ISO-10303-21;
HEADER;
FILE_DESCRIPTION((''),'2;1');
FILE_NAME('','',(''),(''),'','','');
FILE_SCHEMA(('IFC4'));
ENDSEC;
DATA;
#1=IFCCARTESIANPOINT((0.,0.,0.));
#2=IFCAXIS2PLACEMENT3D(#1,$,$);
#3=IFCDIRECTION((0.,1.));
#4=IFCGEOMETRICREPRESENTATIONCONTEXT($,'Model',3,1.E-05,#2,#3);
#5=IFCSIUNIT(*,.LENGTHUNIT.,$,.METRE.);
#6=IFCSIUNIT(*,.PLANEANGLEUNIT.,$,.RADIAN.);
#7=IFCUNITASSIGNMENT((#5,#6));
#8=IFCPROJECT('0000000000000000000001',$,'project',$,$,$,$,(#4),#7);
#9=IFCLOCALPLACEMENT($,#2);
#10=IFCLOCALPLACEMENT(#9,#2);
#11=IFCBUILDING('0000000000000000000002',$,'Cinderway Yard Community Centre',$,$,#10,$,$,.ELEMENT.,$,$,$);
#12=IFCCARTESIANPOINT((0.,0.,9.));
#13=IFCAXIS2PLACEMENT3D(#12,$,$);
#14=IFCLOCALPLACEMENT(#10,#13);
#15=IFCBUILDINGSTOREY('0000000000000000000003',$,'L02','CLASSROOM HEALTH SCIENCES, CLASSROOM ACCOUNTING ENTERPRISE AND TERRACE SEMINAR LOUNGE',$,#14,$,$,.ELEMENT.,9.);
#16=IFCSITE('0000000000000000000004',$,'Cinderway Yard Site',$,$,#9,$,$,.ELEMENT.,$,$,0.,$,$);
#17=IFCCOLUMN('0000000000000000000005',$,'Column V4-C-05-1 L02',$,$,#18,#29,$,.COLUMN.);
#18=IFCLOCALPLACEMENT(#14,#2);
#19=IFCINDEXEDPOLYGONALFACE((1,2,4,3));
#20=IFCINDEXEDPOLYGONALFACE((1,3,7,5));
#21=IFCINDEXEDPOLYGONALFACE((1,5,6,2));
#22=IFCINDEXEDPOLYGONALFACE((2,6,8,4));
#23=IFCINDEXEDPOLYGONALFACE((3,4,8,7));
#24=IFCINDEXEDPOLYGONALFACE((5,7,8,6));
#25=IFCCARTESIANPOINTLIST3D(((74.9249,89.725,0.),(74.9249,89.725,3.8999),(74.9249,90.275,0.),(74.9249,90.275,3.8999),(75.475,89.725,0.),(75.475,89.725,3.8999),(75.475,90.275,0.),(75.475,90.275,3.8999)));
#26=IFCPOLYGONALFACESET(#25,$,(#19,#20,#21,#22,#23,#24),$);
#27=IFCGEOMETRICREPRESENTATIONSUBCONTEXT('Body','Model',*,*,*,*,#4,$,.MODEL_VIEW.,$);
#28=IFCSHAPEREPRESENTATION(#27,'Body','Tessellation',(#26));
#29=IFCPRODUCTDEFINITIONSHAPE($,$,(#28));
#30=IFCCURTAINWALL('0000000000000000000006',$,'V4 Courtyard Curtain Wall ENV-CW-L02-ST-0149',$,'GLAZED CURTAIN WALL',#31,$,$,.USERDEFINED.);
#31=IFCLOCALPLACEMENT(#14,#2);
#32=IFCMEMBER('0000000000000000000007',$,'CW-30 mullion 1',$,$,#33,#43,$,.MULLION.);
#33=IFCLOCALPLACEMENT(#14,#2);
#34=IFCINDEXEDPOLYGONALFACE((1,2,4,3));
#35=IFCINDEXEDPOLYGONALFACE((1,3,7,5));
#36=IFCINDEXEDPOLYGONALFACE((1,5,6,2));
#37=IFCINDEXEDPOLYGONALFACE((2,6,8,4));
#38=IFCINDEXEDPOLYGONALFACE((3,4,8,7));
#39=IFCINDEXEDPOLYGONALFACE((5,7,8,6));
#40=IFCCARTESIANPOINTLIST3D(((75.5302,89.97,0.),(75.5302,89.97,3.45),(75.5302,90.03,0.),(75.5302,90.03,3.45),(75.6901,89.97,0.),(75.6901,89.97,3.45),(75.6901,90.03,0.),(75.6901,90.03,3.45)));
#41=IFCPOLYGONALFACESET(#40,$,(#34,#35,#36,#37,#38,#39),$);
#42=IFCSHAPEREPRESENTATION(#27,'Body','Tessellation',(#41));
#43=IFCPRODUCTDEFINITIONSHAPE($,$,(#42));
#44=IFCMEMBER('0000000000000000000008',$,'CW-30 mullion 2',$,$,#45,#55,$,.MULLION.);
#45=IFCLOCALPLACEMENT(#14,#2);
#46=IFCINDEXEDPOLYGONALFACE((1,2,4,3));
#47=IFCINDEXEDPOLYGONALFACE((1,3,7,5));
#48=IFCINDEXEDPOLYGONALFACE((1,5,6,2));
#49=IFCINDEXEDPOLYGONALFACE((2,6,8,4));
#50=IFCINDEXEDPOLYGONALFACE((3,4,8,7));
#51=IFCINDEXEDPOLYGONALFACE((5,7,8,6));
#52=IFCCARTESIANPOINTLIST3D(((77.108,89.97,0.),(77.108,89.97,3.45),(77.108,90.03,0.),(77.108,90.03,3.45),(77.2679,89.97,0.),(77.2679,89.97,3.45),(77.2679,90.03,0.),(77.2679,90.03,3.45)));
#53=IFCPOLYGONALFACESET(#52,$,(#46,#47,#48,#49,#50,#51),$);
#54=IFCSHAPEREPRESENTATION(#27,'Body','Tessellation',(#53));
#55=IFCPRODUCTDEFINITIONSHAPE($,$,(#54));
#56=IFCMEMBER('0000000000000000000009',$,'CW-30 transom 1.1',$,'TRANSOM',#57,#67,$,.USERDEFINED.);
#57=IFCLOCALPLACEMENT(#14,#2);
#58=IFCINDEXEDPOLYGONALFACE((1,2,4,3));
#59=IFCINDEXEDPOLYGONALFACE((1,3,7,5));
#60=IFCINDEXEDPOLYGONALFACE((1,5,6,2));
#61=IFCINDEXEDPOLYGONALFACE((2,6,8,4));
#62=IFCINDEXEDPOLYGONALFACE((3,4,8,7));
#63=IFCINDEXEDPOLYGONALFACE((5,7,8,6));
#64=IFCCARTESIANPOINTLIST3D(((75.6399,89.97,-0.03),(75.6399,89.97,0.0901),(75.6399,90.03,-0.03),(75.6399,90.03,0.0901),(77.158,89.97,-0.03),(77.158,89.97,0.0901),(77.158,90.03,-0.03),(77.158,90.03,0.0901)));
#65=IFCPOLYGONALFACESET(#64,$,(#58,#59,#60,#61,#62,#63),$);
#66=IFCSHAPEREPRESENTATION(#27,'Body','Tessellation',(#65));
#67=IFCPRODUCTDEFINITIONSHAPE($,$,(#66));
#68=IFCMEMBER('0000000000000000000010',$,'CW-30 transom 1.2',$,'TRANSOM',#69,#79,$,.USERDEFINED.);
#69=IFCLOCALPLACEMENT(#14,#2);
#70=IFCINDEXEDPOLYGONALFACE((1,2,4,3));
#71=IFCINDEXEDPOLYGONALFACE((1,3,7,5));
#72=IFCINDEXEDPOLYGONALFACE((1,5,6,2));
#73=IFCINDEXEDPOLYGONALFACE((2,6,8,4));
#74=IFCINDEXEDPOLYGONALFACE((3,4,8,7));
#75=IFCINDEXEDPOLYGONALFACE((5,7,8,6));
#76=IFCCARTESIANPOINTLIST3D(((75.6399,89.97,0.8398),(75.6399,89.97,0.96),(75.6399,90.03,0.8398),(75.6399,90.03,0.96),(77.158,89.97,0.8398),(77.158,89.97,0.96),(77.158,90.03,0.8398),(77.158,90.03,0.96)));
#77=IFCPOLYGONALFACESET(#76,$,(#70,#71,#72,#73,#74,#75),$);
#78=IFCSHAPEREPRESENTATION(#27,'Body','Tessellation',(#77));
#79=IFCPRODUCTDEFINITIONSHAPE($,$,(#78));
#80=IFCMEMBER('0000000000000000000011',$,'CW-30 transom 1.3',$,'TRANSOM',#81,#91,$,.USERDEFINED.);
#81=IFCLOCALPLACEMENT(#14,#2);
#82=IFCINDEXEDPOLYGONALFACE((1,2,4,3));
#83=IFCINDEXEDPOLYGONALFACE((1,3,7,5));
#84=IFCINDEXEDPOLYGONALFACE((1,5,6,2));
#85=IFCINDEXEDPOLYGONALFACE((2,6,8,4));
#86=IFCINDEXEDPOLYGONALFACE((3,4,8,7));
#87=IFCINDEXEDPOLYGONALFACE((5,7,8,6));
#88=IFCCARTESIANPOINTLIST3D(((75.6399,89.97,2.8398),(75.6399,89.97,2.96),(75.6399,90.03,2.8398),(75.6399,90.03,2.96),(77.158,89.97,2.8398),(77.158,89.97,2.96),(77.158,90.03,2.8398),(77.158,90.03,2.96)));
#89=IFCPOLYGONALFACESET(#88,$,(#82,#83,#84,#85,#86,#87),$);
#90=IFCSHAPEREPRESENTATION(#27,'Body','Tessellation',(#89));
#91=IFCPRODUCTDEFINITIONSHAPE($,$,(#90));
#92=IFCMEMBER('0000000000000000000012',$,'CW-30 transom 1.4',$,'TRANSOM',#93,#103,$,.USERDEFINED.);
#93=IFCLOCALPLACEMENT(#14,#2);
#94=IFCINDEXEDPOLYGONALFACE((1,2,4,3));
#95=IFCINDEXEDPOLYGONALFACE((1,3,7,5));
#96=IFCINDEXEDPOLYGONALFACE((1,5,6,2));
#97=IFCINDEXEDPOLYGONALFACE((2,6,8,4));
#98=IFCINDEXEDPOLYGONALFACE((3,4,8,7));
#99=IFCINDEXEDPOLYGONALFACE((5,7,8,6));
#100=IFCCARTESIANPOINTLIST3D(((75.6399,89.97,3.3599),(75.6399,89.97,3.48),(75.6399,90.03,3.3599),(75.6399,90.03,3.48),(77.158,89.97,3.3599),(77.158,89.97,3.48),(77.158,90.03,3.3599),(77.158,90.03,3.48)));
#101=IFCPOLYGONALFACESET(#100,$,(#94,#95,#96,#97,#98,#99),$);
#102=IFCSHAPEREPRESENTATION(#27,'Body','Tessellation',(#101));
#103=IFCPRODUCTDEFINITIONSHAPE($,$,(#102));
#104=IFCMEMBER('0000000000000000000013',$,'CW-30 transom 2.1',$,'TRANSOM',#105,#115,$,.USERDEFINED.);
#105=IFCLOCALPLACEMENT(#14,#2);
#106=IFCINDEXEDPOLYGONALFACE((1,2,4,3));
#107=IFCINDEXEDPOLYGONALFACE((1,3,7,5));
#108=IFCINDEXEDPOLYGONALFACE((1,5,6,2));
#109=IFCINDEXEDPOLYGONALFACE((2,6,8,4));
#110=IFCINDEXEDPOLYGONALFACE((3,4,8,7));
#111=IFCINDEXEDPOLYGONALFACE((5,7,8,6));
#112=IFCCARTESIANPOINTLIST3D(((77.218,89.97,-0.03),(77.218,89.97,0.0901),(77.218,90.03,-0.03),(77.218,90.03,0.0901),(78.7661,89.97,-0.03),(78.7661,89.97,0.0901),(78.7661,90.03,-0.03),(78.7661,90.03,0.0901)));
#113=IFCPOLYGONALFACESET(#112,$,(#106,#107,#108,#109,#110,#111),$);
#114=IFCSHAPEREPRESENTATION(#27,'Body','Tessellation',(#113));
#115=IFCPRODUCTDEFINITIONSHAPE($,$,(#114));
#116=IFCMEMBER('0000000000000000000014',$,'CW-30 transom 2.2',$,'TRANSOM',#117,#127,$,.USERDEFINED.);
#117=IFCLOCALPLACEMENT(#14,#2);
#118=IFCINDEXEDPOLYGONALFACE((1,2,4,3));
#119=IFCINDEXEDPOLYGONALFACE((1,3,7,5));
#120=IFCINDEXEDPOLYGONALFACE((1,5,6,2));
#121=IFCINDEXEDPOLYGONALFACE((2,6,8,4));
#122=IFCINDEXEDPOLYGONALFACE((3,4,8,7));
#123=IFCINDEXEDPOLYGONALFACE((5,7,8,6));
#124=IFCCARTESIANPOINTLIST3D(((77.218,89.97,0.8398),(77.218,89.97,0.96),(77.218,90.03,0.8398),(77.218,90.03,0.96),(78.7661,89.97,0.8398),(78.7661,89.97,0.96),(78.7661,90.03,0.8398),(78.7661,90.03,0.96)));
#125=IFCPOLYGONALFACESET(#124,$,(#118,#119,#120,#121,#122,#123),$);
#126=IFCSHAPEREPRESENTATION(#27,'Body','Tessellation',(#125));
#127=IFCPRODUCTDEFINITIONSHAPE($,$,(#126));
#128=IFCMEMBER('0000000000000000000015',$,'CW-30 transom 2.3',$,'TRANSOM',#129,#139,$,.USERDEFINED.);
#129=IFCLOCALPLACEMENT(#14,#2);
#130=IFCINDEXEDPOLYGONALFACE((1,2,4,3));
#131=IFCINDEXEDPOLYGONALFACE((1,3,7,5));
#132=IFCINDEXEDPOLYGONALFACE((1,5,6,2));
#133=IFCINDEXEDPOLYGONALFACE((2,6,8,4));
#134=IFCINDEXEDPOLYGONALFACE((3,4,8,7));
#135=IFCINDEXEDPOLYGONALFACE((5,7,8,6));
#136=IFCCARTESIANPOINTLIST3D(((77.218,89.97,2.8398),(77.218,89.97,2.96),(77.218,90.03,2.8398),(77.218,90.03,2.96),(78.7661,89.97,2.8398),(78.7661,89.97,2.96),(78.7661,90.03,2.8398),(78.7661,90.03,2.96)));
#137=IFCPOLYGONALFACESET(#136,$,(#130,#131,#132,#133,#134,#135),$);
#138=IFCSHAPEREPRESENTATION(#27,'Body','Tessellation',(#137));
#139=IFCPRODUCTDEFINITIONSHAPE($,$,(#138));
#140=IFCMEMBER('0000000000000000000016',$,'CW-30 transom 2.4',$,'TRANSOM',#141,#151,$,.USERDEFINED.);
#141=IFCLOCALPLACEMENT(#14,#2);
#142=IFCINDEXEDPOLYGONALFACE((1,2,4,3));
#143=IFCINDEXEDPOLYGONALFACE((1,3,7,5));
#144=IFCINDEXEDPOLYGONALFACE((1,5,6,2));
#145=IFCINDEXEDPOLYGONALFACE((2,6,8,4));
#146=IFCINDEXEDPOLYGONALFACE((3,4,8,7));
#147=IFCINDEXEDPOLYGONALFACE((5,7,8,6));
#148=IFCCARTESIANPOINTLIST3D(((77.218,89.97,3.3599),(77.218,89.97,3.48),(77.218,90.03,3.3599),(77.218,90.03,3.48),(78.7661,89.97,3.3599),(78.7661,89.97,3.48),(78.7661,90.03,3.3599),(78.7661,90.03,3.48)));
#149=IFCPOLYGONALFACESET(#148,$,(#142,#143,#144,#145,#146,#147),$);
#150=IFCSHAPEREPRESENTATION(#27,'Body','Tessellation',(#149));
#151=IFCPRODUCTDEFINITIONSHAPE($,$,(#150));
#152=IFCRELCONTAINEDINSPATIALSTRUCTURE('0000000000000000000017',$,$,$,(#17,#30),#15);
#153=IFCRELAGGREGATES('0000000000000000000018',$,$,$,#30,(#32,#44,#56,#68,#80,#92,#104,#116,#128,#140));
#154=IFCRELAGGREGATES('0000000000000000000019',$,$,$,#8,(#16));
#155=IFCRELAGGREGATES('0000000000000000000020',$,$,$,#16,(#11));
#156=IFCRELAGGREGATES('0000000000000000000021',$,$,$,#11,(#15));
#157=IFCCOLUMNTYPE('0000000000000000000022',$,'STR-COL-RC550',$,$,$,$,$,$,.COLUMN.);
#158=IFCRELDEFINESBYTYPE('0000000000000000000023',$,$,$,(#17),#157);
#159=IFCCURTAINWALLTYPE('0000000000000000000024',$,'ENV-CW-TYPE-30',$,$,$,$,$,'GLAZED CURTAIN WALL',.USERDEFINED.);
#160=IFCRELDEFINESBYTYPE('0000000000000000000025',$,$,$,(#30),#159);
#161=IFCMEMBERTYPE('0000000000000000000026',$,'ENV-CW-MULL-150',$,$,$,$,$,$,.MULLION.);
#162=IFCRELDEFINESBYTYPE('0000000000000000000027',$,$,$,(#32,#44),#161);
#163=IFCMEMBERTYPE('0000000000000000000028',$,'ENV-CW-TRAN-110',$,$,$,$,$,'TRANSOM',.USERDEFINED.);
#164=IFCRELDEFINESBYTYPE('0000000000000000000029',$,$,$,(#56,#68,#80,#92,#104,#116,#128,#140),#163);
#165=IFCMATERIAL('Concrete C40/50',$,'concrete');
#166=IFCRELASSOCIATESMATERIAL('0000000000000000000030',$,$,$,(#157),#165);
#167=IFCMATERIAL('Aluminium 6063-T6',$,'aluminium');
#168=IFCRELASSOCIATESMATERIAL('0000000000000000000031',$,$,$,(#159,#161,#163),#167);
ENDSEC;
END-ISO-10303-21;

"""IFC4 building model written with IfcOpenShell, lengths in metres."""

from ifc_helpers import new_model, si_unit, direction, frame, origin, origin_2d, place, context, subcontext, project, spatial, rectangle, extrude, material, material_profile, profile_set, type_object, element, aggregate, save


model = new_model("IFC4")

# Units and contexts
model_context = context("Model", 3, precision=1e-05, world=origin(), true_north=direction((0.0, 1.0)))
body_context = subcontext(model_context, "Body", "Model", "MODEL_VIEW")
ifc_project = project(units=[si_unit("LENGTHUNIT", "METRE"), si_unit("PLANEANGLEUNIT", "RADIAN")], contexts=[model_context])

# Site, building, storey
site_placement = place(None, origin())
site = spatial("IfcSite", under=ifc_project, at=site_placement, Name="Cinderway Yard Site", CompositionType="ELEMENT", RefElevation=0.0)
building_placement = place(site_placement, origin())
building = spatial("IfcBuilding", under=site, at=building_placement, Name="Cinderway Yard Community Centre", CompositionType="ELEMENT")
storey_placement = place(building_placement, frame((0.0, 0.0, 9.0)))
storey = spatial("IfcBuildingStorey", under=building, at=storey_placement, Name="L02", Description="CLASSROOM HEALTH SCIENCES, CLASSROOM ACCOUNTING ENTERPRISE AND TERRACE SEMINAR LOUNGE", CompositionType="ELEMENT", Elevation=9.0)

# Column
ifc_material_1 = material(Name="Concrete C40/50", Category="concrete")
ifc_material_profile_1 = material_profile(ifc_material_1, rectangle(XDim=0.55, YDim=0.55, at=origin_2d()), Name="Concrete C40/50")
ifc_profile_set_1 = profile_set([ifc_material_profile_1], Name="Concrete C40/50")
column_type = type_object("IfcColumnType", Name="STR-COL-RC550", PredefinedType="COLUMN", material=ifc_profile_set_1)
column_placement = place(storey_placement, frame((75.2, 90.0, 0.0), z_axis=(0.0, 0.0, 1.0), x_axis=(1.0, 0.0, 0.0)))
element("IfcColumn", 1, at=column_placement, inside=storey, type_object=column_type, Name="Column V4-C-05-1 L02", PredefinedType="COLUMN", context=body_context, shape_type="SweptSolid", body=[
    extrude(rectangle(XDim=0.55, YDim=0.55, at=origin_2d()), origin(), (0.0, 0.0, 1.0), 3.8999),
])

# Curtain wall, members
ifc_material_2 = material(Name="Aluminium 6063-T6", Category="aluminium")
curtain_wall_type = type_object("IfcCurtainWallType", Name="ENV-CW-TYPE-30", ElementType="GLAZED CURTAIN WALL", PredefinedType="USERDEFINED", material=ifc_material_2)
curtain_wall_placement = place(storey_placement, origin())
curtain_wall = element("IfcCurtainWall", 2, at=curtain_wall_placement, inside=storey, type_object=curtain_wall_type, Name="V4 Courtyard Curtain Wall ENV-CW-L02-ST-0149", ObjectType="GLAZED CURTAIN WALL", PredefinedType="USERDEFINED")
ifc_material_profile_2 = material_profile(ifc_material_2, rectangle(XDim=0.0601, YDim=0.1599, at=origin_2d()), Name="Aluminium 6063-T6")
ifc_profile_set_2 = profile_set([ifc_material_profile_2], Name="Aluminium 6063-T6")
member_type_1 = type_object("IfcMemberType", Name="ENV-CW-MULL-150", PredefinedType="MULLION", material=ifc_profile_set_2)
member_1_placement = place(storey_placement, frame((75.6101, 90.0, 0.0), z_axis=(0.0, 0.0, 1.0), x_axis=(0.0, 1.0, 0.0)))
member_1 = element("IfcMember", 3, at=member_1_placement, type_object=member_type_1, Name="CW-30 mullion 1", PredefinedType="MULLION", context=body_context, shape_type="SweptSolid", body=[
    extrude(rectangle(XDim=0.0601, YDim=0.1599, at=origin_2d()), origin(), (0.0, 0.0, 1.0), 3.45),
])
member_2_placement = place(storey_placement, frame((77.188, 90.0, 0.0), z_axis=(0.0, 0.0, 1.0), x_axis=(0.0, 1.0, 0.0)))
member_2 = element("IfcMember", 4, at=member_2_placement, type_object=member_type_1, Name="CW-30 mullion 2", PredefinedType="MULLION", context=body_context, shape_type="SweptSolid", body=[
    extrude(rectangle(XDim=0.0601, YDim=0.1599, at=origin_2d()), origin(), (0.0, 0.0, 1.0), 3.45),
])
ifc_material_profile_3 = material_profile(ifc_material_2, rectangle(XDim=0.0601, YDim=0.1201, at=origin_2d()), Name="Aluminium 6063-T6")
ifc_profile_set_3 = profile_set([ifc_material_profile_3], Name="Aluminium 6063-T6")
member_type_2 = type_object("IfcMemberType", Name="ENV-CW-TRAN-110", ElementType="TRANSOM", PredefinedType="USERDEFINED", material=ifc_profile_set_3)
member_3_placement = place(storey_placement, frame((75.6399, 90.0, 0.03), z_axis=(1.0, 0.0, 0.0), x_axis=(0.0, 1.0, 0.0)))
member_3 = element("IfcMember", 5, at=member_3_placement, type_object=member_type_2, Name="CW-30 transom 1.1", ObjectType="TRANSOM", PredefinedType="USERDEFINED", context=body_context, shape_type="SweptSolid", body=[
    extrude(rectangle(XDim=0.0601, YDim=0.1201, at=origin_2d()), origin(), (0.0, 0.0, 1.0), 1.5181),
])
member_4_placement = place(storey_placement, frame((75.6399, 90.0, 0.8999), z_axis=(1.0, 0.0, 0.0), x_axis=(0.0, 1.0, 0.0)))
member_4 = element("IfcMember", 6, at=member_4_placement, type_object=member_type_2, Name="CW-30 transom 1.2", ObjectType="TRANSOM", PredefinedType="USERDEFINED", context=body_context, shape_type="SweptSolid", body=[
    extrude(rectangle(XDim=0.0601, YDim=0.1201, at=origin_2d()), origin(), (0.0, 0.0, 1.0), 1.5181),
])
member_5_placement = place(storey_placement, frame((75.6399, 90.0, 2.8999), z_axis=(1.0, 0.0, 0.0), x_axis=(0.0, 1.0, 0.0)))
member_5 = element("IfcMember", 7, at=member_5_placement, type_object=member_type_2, Name="CW-30 transom 1.3", ObjectType="TRANSOM", PredefinedType="USERDEFINED", context=body_context, shape_type="SweptSolid", body=[
    extrude(rectangle(XDim=0.0601, YDim=0.1201, at=origin_2d()), origin(), (0.0, 0.0, 1.0), 1.5181),
])
member_6_placement = place(storey_placement, frame((75.6399, 90.0, 3.4199), z_axis=(1.0, 0.0, 0.0), x_axis=(0.0, 1.0, 0.0)))
member_6 = element("IfcMember", 8, at=member_6_placement, type_object=member_type_2, Name="CW-30 transom 1.4", ObjectType="TRANSOM", PredefinedType="USERDEFINED", context=body_context, shape_type="SweptSolid", body=[
    extrude(rectangle(XDim=0.0601, YDim=0.1201, at=origin_2d()), origin(), (0.0, 0.0, 1.0), 1.5181),
])
member_7_placement = place(storey_placement, frame((77.218, 90.0, 0.03), z_axis=(1.0, 0.0, 0.0), x_axis=(0.0, 1.0, 0.0)))
member_7 = element("IfcMember", 9, at=member_7_placement, type_object=member_type_2, Name="CW-30 transom 2.1", ObjectType="TRANSOM", PredefinedType="USERDEFINED", context=body_context, shape_type="SweptSolid", body=[
    extrude(rectangle(XDim=0.0601, YDim=0.1201, at=origin_2d()), origin(), (0.0, 0.0, 1.0), 1.5481),
])
member_8_placement = place(storey_placement, frame((77.218, 90.0, 0.8999), z_axis=(1.0, 0.0, 0.0), x_axis=(0.0, 1.0, 0.0)))
member_8 = element("IfcMember", 10, at=member_8_placement, type_object=member_type_2, Name="CW-30 transom 2.2", ObjectType="TRANSOM", PredefinedType="USERDEFINED", context=body_context, shape_type="SweptSolid", body=[
    extrude(rectangle(XDim=0.0601, YDim=0.1201, at=origin_2d()), origin(), (0.0, 0.0, 1.0), 1.5481),
])
member_9_placement = place(storey_placement, frame((77.218, 90.0, 2.8999), z_axis=(1.0, 0.0, 0.0), x_axis=(0.0, 1.0, 0.0)))
member_9 = element("IfcMember", 11, at=member_9_placement, type_object=member_type_2, Name="CW-30 transom 2.3", ObjectType="TRANSOM", PredefinedType="USERDEFINED", context=body_context, shape_type="SweptSolid", body=[
    extrude(rectangle(XDim=0.0601, YDim=0.1201, at=origin_2d()), origin(), (0.0, 0.0, 1.0), 1.5481),
])
member_10_placement = place(storey_placement, frame((77.218, 90.0, 3.4199), z_axis=(1.0, 0.0, 0.0), x_axis=(0.0, 1.0, 0.0)))
member_10 = element("IfcMember", 12, at=member_10_placement, type_object=member_type_2, Name="CW-30 transom 2.4", ObjectType="TRANSOM", PredefinedType="USERDEFINED", context=body_context, shape_type="SweptSolid", body=[
    extrude(rectangle(XDim=0.0601, YDim=0.1201, at=origin_2d()), origin(), (0.0, 0.0, 1.0), 1.5481),
])

aggregate(curtain_wall, [member_1, member_2, member_3, member_4, member_5, member_6, member_7, member_8, member_9, member_10])

save(model, "model.ifc")
